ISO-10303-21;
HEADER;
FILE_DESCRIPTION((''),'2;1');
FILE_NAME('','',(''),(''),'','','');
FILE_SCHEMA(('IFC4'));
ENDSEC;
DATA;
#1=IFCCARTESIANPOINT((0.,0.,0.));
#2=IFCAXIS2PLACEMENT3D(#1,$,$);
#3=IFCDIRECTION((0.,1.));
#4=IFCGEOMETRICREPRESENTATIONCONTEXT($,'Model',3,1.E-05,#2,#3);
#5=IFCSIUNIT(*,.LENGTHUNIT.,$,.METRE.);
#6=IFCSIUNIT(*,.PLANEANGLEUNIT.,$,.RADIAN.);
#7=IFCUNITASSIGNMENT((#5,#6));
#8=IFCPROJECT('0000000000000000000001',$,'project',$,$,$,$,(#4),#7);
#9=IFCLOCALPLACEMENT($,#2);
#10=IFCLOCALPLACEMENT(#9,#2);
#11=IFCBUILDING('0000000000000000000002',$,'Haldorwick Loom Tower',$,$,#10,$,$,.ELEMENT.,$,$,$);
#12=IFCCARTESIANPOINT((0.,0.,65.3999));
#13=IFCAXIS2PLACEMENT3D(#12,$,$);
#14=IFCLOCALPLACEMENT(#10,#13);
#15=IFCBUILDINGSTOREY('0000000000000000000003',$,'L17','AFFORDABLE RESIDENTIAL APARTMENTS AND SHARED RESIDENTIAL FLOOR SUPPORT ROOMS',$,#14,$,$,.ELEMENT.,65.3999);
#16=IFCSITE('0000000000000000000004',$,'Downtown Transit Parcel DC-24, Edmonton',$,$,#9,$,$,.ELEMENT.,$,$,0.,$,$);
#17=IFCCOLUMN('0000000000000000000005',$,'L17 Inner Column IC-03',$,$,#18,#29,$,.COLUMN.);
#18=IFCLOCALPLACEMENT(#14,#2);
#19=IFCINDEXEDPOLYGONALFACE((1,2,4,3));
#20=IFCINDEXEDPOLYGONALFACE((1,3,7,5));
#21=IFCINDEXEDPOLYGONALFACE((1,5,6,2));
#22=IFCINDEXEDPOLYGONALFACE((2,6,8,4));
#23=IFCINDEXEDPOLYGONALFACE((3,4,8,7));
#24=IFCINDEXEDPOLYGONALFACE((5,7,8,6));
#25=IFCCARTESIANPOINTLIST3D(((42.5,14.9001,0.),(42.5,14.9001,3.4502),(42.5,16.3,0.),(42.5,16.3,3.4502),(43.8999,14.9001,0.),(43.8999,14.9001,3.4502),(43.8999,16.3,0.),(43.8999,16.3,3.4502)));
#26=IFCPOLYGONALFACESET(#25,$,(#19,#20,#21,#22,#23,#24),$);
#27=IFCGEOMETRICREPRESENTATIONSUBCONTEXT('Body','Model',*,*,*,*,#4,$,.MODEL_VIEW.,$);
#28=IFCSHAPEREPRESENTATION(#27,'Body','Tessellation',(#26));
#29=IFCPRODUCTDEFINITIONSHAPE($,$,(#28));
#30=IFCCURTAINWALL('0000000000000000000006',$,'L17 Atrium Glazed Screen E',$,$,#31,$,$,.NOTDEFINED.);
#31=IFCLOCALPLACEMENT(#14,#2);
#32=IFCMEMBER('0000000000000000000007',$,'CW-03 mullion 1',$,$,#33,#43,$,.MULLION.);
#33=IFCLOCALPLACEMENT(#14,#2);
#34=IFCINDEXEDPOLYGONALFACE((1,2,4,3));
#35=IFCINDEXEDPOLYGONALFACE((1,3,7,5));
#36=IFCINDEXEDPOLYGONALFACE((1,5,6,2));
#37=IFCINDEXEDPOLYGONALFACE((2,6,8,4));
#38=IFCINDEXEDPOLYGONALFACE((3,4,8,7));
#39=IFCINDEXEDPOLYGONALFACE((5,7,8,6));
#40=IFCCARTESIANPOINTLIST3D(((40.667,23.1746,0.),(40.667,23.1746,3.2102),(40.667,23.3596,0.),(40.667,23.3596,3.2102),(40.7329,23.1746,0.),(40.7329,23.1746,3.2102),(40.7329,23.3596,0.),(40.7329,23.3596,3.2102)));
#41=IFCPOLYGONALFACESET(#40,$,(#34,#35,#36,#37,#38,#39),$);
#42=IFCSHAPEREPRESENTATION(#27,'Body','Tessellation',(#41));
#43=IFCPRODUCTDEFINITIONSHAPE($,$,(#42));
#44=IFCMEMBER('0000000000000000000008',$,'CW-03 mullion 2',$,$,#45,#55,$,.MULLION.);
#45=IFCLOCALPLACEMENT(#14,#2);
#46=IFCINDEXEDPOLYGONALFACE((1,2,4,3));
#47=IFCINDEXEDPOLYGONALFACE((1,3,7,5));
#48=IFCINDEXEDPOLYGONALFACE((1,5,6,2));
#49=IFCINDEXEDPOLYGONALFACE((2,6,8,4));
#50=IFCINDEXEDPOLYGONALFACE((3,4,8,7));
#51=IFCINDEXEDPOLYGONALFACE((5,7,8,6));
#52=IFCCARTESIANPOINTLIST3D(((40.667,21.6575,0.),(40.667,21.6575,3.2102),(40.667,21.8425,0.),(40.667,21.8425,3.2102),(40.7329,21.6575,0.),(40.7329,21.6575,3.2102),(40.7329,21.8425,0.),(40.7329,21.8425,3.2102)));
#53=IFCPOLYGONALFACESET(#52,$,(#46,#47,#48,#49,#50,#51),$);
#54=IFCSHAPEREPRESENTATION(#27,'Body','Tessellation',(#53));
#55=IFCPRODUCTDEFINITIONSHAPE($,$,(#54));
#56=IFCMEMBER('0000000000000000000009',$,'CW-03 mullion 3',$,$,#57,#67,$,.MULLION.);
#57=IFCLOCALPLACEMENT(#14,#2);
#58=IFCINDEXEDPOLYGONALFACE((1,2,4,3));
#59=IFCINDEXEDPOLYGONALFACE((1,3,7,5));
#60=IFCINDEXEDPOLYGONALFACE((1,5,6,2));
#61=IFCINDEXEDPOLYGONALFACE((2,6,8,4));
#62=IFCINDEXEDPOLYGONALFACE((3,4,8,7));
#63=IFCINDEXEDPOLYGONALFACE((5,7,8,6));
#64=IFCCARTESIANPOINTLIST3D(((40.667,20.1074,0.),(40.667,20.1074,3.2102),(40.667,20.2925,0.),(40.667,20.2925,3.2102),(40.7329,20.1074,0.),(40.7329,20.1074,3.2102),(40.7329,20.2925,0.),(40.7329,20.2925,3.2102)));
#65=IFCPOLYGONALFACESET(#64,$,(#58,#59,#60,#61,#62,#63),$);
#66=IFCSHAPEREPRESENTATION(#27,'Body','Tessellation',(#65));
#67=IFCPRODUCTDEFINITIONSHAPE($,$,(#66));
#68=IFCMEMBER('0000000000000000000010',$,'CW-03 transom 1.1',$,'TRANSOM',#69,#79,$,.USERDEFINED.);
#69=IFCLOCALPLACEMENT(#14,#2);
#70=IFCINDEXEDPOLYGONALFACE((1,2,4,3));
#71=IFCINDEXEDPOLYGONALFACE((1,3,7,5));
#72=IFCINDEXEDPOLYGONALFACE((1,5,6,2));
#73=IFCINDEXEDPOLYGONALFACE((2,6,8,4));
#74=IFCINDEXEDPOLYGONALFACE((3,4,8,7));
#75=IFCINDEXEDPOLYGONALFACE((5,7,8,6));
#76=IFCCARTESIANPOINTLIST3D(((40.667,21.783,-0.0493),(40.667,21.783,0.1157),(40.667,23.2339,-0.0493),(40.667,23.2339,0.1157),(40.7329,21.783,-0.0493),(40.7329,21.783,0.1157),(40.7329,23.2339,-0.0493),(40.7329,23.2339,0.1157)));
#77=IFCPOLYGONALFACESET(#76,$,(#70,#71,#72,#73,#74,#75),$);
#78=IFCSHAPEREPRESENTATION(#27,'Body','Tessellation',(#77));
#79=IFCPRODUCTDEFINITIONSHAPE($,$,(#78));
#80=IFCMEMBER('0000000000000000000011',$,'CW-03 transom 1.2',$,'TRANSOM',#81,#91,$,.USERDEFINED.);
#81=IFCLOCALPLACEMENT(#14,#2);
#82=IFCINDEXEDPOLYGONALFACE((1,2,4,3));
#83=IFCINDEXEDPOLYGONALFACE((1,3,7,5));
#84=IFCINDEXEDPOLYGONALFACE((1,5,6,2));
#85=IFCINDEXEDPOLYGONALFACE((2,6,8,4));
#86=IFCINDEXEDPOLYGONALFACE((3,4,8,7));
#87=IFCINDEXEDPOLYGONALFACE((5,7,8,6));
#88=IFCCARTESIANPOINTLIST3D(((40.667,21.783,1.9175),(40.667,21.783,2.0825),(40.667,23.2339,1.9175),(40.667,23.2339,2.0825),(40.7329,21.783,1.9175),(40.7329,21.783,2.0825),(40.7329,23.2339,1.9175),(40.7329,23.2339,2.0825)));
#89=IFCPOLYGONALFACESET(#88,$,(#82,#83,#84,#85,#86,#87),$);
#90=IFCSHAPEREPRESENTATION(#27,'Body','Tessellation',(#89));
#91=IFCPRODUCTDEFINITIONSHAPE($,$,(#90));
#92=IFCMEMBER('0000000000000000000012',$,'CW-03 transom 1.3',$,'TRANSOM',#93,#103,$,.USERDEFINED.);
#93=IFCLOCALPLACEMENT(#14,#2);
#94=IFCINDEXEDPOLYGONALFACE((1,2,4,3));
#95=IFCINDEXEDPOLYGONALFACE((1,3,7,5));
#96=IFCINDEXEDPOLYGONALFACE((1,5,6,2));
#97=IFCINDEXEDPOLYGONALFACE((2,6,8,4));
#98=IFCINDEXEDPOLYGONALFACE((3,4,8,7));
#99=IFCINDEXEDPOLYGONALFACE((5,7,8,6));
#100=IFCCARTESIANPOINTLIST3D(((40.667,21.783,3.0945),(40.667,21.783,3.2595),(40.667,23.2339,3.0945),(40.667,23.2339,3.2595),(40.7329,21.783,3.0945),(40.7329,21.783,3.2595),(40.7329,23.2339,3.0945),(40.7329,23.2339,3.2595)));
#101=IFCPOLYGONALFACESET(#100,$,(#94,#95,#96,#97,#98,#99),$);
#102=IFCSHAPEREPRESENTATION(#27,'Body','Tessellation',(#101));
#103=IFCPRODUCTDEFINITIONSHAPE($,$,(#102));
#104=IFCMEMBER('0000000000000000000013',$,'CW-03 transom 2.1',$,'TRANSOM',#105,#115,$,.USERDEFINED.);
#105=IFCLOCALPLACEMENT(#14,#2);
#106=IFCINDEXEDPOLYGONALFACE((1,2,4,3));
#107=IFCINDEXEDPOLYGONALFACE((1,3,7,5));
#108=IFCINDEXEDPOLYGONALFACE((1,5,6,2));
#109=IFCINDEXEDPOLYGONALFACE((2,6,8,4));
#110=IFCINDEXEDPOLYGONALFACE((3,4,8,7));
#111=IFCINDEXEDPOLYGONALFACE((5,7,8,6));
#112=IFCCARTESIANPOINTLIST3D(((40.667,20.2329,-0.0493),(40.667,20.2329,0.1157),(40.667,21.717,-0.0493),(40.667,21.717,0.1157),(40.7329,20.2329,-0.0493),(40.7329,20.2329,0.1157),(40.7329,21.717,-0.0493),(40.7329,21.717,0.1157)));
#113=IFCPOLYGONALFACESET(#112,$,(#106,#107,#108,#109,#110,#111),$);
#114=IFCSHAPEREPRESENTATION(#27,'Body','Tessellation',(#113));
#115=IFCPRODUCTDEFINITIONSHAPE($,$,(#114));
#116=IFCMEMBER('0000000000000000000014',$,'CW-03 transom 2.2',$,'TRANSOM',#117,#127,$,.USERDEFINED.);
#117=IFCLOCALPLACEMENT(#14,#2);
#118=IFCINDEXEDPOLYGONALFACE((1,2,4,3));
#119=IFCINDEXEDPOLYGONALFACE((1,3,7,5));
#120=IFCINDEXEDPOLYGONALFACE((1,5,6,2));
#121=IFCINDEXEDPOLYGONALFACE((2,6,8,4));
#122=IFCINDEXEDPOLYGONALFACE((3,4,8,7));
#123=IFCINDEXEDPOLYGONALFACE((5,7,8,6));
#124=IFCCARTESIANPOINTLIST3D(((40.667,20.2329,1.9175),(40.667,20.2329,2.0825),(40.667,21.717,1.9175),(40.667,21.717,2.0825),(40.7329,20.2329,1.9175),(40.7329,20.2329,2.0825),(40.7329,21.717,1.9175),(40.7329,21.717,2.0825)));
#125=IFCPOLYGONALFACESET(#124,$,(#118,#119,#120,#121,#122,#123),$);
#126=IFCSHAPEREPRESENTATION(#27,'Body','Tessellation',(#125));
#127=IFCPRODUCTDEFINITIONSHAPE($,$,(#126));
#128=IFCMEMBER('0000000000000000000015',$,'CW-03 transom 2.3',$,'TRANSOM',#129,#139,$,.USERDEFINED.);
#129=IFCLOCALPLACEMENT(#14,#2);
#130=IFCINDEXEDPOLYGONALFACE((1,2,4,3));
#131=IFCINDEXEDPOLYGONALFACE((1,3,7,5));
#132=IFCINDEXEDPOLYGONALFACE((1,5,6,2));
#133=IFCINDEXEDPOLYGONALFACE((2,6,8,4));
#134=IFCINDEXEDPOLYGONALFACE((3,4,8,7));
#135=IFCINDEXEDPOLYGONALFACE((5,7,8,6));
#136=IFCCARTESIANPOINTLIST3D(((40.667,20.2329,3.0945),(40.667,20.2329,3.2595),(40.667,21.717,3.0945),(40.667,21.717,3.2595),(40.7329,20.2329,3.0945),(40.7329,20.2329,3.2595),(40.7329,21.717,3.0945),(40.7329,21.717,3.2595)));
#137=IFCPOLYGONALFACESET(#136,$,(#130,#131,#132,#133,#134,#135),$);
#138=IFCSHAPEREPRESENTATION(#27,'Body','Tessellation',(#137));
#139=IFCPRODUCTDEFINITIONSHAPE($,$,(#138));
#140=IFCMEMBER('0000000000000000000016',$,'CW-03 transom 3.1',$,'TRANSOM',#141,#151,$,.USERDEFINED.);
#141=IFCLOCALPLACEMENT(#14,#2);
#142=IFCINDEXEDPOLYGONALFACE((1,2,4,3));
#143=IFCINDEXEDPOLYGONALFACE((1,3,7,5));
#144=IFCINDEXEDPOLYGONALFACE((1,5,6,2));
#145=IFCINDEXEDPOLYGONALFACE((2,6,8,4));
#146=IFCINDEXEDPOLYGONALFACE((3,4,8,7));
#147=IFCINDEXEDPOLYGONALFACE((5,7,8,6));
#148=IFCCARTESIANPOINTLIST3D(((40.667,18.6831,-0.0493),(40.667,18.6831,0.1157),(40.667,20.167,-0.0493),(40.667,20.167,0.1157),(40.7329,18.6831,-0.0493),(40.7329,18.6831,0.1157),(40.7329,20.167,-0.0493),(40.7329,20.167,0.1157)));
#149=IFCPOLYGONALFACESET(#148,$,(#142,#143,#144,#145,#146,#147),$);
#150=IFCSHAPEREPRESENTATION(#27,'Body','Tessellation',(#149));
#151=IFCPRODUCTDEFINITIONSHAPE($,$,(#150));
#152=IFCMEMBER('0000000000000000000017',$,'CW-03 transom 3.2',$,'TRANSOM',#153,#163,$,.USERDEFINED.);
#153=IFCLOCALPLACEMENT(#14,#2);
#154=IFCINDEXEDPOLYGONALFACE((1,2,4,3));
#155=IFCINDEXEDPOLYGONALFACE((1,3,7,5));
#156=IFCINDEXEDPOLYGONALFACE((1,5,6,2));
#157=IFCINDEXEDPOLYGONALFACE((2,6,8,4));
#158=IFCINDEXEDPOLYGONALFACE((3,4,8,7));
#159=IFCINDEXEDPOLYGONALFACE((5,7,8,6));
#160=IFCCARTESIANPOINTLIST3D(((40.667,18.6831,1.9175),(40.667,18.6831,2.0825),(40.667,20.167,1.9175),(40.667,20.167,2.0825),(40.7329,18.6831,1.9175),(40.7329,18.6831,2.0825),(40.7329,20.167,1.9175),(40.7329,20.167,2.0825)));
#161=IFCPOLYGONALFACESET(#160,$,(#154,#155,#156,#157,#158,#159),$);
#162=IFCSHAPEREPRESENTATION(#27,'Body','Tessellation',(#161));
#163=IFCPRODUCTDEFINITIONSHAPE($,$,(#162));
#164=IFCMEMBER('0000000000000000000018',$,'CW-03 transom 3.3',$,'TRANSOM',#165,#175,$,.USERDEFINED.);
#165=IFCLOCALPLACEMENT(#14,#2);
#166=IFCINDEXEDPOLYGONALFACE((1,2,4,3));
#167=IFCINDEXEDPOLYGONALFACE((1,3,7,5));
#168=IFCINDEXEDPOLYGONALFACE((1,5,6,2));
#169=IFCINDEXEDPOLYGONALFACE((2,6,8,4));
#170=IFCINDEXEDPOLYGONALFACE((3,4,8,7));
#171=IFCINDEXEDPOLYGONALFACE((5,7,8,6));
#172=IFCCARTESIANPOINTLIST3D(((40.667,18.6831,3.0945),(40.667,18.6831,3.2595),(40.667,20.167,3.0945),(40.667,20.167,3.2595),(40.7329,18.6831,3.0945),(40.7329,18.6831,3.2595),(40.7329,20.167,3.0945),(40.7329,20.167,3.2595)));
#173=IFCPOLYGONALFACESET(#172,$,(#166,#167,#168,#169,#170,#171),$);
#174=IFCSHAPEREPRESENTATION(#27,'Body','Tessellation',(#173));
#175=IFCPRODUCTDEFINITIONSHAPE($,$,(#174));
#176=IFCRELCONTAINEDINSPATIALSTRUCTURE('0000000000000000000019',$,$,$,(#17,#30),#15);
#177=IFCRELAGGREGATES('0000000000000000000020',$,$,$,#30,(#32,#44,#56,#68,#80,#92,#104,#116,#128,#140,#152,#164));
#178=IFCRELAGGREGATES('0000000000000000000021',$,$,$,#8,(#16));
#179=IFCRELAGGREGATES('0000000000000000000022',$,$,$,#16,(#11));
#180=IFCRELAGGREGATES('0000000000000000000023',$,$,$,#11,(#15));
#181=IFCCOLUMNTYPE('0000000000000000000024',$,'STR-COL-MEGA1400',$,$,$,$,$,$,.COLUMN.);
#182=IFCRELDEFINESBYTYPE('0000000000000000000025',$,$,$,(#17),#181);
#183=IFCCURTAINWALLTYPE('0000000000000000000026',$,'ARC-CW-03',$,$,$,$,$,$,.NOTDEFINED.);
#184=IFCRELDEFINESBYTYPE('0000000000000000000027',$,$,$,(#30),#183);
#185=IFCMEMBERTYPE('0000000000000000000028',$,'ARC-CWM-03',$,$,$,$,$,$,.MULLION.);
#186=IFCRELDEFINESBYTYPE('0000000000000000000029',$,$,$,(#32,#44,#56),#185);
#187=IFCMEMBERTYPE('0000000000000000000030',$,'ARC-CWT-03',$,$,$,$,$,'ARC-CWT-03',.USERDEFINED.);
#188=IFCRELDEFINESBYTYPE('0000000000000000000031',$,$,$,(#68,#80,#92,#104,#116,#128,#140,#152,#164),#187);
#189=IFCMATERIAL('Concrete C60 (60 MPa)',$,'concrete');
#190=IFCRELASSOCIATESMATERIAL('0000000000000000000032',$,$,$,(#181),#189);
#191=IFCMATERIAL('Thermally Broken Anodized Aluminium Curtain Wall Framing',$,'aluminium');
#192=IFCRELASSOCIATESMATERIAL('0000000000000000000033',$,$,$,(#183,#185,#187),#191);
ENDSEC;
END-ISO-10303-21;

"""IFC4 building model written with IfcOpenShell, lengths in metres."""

from ifc_helpers import new_model, si_unit, direction, frame, origin, origin_2d, place, context, subcontext, project, spatial, rectangle, extrude, material, material_profile, profile_set, type_object, element, aggregate, save


model = new_model("IFC4")

# Units and contexts
model_context = context("Model", 3, precision=1e-05, world=origin(), true_north=direction((0.0, 1.0)))
body_context = subcontext(model_context, "Body", "Model", "MODEL_VIEW")
ifc_project = project(units=[si_unit("LENGTHUNIT", "METRE"), si_unit("PLANEANGLEUNIT", "RADIAN")], contexts=[model_context])

# Site, building, storey
site_placement = place(None, origin())
site = spatial("IfcSite", under=ifc_project, at=site_placement, Name="Downtown Transit Parcel DC-24, Edmonton", CompositionType="ELEMENT", RefElevation=0.0)
building_placement = place(site_placement, origin())
building = spatial("IfcBuilding", under=site, at=building_placement, Name="Haldorwick Loom Tower", CompositionType="ELEMENT")
storey_placement = place(building_placement, frame((0.0, 0.0, 65.3999)))
storey = spatial("IfcBuildingStorey", under=building, at=storey_placement, Name="L17", Description="AFFORDABLE RESIDENTIAL APARTMENTS AND SHARED RESIDENTIAL FLOOR SUPPORT ROOMS", CompositionType="ELEMENT", Elevation=65.3999)

# Column
ifc_material_1 = material(Name="Concrete C60 (60 MPa)", Category="concrete")
ifc_material_profile_1 = material_profile(ifc_material_1, rectangle(XDim=1.3999, YDim=1.3999, at=origin_2d()), Name="RC1400X1400", Category="concrete")
ifc_profile_set_1 = profile_set([ifc_material_profile_1], Name="Concrete C60 (60 MPa)")
column_type = type_object("IfcColumnType", Name="STR-COL-MEGA1400", PredefinedType="COLUMN", material=ifc_profile_set_1)
column_placement = place(storey_placement, frame((43.2, 15.6001, 0.0), z_axis=(0.0, 0.0, 1.0), x_axis=(1.0, 0.0, 0.0)))
element("IfcColumn", 1, at=column_placement, inside=storey, type_object=column_type, Name="L17 Inner Column IC-03", PredefinedType="COLUMN", context=body_context, shape_type="SweptSolid", body=[
    extrude(rectangle(XDim=1.3999, YDim=1.3999, at=origin_2d()), origin(), (0.0, 0.0, 1.0), 3.4502),
])

# Curtain wall, members
ifc_material_2 = material(Name="Thermally Broken Anodized Aluminium Curtain Wall Framing", Category="aluminium")
curtain_wall_type = type_object("IfcCurtainWallType", Name="ARC-CW-03", PredefinedType="NOTDEFINED", material=ifc_material_2)
curtain_wall_placement = place(storey_placement, origin())
curtain_wall = element("IfcCurtainWall", 2, at=curtain_wall_placement, inside=storey, type_object=curtain_wall_type, Name="L17 Atrium Glazed Screen E", PredefinedType="NOTDEFINED")
ifc_material_profile_2 = material_profile(ifc_material_2, rectangle(XDim=0.0659, YDim=0.1851, at=origin_2d()), Name="ALU_MUL_66X185", Category="aluminium")
ifc_profile_set_2 = profile_set([ifc_material_profile_2], Name="Thermally Broken Anodized Aluminium Curtain Wall Framing")
member_type_1 = type_object("IfcMemberType", Name="ARC-CWM-03", PredefinedType="MULLION", material=ifc_profile_set_2)
member_1_placement = place(storey_placement, frame((40.7, 23.2671, 0.0), z_axis=(0.0, 0.0, 1.0), x_axis=(1.0, 0.0, 0.0)))
member_1 = element("IfcMember", 3, at=member_1_placement, type_object=member_type_1, Name="CW-03 mullion 1", PredefinedType="MULLION", context=body_context, shape_type="SweptSolid", body=[
    extrude(rectangle(XDim=0.0659, YDim=0.1851, at=origin_2d()), origin(), (0.0, 0.0, 1.0), 3.2102),
])
member_2_placement = place(storey_placement, frame((40.7, 21.75, 0.0), z_axis=(0.0, 0.0, 1.0), x_axis=(1.0, 0.0, 0.0)))
member_2 = element("IfcMember", 4, at=member_2_placement, type_object=member_type_1, Name="CW-03 mullion 2", PredefinedType="MULLION", context=body_context, shape_type="SweptSolid", body=[
    extrude(rectangle(XDim=0.0659, YDim=0.1851, at=origin_2d()), origin(), (0.0, 0.0, 1.0), 3.2102),
])
member_3_placement = place(storey_placement, frame((40.7, 20.2, 0.0), z_axis=(0.0, 0.0, 1.0), x_axis=(1.0, 0.0, 0.0)))
member_3 = element("IfcMember", 5, at=member_3_placement, type_object=member_type_1, Name="CW-03 mullion 3", PredefinedType="MULLION", context=body_context, shape_type="SweptSolid", body=[
    extrude(rectangle(XDim=0.0659, YDim=0.1851, at=origin_2d()), origin(), (0.0, 0.0, 1.0), 3.2102),
])
ifc_material_profile_3 = material_profile(ifc_material_2, rectangle(XDim=0.0659, YDim=0.165, at=origin_2d()), Name="ALU_TRN_66X165", Category="aluminium")
ifc_profile_set_3 = profile_set([ifc_material_profile_3], Name="Thermally Broken Anodized Aluminium Curtain Wall Framing")
member_type_2 = type_object("IfcMemberType", Name="ARC-CWT-03", ElementType="ARC-CWT-03", PredefinedType="USERDEFINED", material=ifc_profile_set_3)
member_4_placement = place(storey_placement, frame((40.7, 23.2339, 0.0332), z_axis=(0.0, -1.0, 0.0), x_axis=(1.0, 0.0, 0.0)))
member_4 = element("IfcMember", 6, at=member_4_placement, type_object=member_type_2, Name="CW-03 transom 1.1", ObjectType="TRANSOM", PredefinedType="USERDEFINED", context=body_context, shape_type="SweptSolid", body=[
    extrude(rectangle(XDim=0.0659, YDim=0.165, at=origin_2d()), origin(), (0.0, 0.0, 1.0), 1.4509),
])
member_5_placement = place(storey_placement, frame((40.7, 23.2339, 2.0), z_axis=(0.0, -1.0, 0.0), x_axis=(1.0, 0.0, 0.0)))
member_5 = element("IfcMember", 7, at=member_5_placement, type_object=member_type_2, Name="CW-03 transom 1.2", ObjectType="TRANSOM", PredefinedType="USERDEFINED", context=body_context, shape_type="SweptSolid", body=[
    extrude(rectangle(XDim=0.0659, YDim=0.165, at=origin_2d()), origin(), (0.0, 0.0, 1.0), 1.4509),
])
member_6_placement = place(storey_placement, frame((40.7, 23.2339, 3.177), z_axis=(0.0, -1.0, 0.0), x_axis=(1.0, 0.0, 0.0)))
member_6 = element("IfcMember", 8, at=member_6_placement, type_object=member_type_2, Name="CW-03 transom 1.3", ObjectType="TRANSOM", PredefinedType="USERDEFINED", context=body_context, shape_type="SweptSolid", body=[
    extrude(rectangle(XDim=0.0659, YDim=0.165, at=origin_2d()), origin(), (0.0, 0.0, 1.0), 1.4509),
])
member_7_placement = place(storey_placement, frame((40.7, 21.717, 0.0332), z_axis=(0.0, -1.0, 0.0), x_axis=(1.0, 0.0, 0.0)))
member_7 = element("IfcMember", 9, at=member_7_placement, type_object=member_type_2, Name="CW-03 transom 2.1", ObjectType="TRANSOM", PredefinedType="USERDEFINED", context=body_context, shape_type="SweptSolid", body=[
    extrude(rectangle(XDim=0.0659, YDim=0.165, at=origin_2d()), origin(), (0.0, 0.0, 1.0), 1.4841),
])
member_8_placement = place(storey_placement, frame((40.7, 21.717, 2.0), z_axis=(0.0, -1.0, 0.0), x_axis=(1.0, 0.0, 0.0)))
member_8 = element("IfcMember", 10, at=member_8_placement, type_object=member_type_2, Name="CW-03 transom 2.2", ObjectType="TRANSOM", PredefinedType="USERDEFINED", context=body_context, shape_type="SweptSolid", body=[
    extrude(rectangle(XDim=0.0659, YDim=0.165, at=origin_2d()), origin(), (0.0, 0.0, 1.0), 1.4841),
])
member_9_placement = place(storey_placement, frame((40.7, 21.717, 3.177), z_axis=(0.0, -1.0, 0.0), x_axis=(1.0, 0.0, 0.0)))
member_9 = element("IfcMember", 11, at=member_9_placement, type_object=member_type_2, Name="CW-03 transom 2.3", ObjectType="TRANSOM", PredefinedType="USERDEFINED", context=body_context, shape_type="SweptSolid", body=[
    extrude(rectangle(XDim=0.0659, YDim=0.165, at=origin_2d()), origin(), (0.0, 0.0, 1.0), 1.4841),
])
member_10_placement = place(storey_placement, frame((40.7, 20.167, 0.0332), z_axis=(0.0, -1.0, 0.0), x_axis=(1.0, 0.0, 0.0)))
member_10 = element("IfcMember", 12, at=member_10_placement, type_object=member_type_2, Name="CW-03 transom 3.1", ObjectType="TRANSOM", PredefinedType="USERDEFINED", context=body_context, shape_type="SweptSolid", body=[
    extrude(rectangle(XDim=0.0659, YDim=0.165, at=origin_2d()), origin(), (0.0, 0.0, 1.0), 1.4839),
])
member_11_placement = place(storey_placement, frame((40.7, 20.167, 2.0), z_axis=(0.0, -1.0, 0.0), x_axis=(1.0, 0.0, 0.0)))
member_11 = element("IfcMember", 13, at=member_11_placement, type_object=member_type_2, Name="CW-03 transom 3.2", ObjectType="TRANSOM", PredefinedType="USERDEFINED", context=body_context, shape_type="SweptSolid", body=[
    extrude(rectangle(XDim=0.0659, YDim=0.165, at=origin_2d()), origin(), (0.0, 0.0, 1.0), 1.4839),
])
member_12_placement = place(storey_placement, frame((40.7, 20.167, 3.177), z_axis=(0.0, -1.0, 0.0), x_axis=(1.0, 0.0, 0.0)))
member_12 = element("IfcMember", 14, at=member_12_placement, type_object=member_type_2, Name="CW-03 transom 3.3", ObjectType="TRANSOM", PredefinedType="USERDEFINED", context=body_context, shape_type="SweptSolid", body=[
    extrude(rectangle(XDim=0.0659, YDim=0.165, at=origin_2d()), origin(), (0.0, 0.0, 1.0), 1.4839),
])

aggregate(curtain_wall, [member_1, member_2, member_3, member_4, member_5, member_6, member_7, member_8, member_9, member_10, member_11, member_12])

save(model, "model.ifc")
